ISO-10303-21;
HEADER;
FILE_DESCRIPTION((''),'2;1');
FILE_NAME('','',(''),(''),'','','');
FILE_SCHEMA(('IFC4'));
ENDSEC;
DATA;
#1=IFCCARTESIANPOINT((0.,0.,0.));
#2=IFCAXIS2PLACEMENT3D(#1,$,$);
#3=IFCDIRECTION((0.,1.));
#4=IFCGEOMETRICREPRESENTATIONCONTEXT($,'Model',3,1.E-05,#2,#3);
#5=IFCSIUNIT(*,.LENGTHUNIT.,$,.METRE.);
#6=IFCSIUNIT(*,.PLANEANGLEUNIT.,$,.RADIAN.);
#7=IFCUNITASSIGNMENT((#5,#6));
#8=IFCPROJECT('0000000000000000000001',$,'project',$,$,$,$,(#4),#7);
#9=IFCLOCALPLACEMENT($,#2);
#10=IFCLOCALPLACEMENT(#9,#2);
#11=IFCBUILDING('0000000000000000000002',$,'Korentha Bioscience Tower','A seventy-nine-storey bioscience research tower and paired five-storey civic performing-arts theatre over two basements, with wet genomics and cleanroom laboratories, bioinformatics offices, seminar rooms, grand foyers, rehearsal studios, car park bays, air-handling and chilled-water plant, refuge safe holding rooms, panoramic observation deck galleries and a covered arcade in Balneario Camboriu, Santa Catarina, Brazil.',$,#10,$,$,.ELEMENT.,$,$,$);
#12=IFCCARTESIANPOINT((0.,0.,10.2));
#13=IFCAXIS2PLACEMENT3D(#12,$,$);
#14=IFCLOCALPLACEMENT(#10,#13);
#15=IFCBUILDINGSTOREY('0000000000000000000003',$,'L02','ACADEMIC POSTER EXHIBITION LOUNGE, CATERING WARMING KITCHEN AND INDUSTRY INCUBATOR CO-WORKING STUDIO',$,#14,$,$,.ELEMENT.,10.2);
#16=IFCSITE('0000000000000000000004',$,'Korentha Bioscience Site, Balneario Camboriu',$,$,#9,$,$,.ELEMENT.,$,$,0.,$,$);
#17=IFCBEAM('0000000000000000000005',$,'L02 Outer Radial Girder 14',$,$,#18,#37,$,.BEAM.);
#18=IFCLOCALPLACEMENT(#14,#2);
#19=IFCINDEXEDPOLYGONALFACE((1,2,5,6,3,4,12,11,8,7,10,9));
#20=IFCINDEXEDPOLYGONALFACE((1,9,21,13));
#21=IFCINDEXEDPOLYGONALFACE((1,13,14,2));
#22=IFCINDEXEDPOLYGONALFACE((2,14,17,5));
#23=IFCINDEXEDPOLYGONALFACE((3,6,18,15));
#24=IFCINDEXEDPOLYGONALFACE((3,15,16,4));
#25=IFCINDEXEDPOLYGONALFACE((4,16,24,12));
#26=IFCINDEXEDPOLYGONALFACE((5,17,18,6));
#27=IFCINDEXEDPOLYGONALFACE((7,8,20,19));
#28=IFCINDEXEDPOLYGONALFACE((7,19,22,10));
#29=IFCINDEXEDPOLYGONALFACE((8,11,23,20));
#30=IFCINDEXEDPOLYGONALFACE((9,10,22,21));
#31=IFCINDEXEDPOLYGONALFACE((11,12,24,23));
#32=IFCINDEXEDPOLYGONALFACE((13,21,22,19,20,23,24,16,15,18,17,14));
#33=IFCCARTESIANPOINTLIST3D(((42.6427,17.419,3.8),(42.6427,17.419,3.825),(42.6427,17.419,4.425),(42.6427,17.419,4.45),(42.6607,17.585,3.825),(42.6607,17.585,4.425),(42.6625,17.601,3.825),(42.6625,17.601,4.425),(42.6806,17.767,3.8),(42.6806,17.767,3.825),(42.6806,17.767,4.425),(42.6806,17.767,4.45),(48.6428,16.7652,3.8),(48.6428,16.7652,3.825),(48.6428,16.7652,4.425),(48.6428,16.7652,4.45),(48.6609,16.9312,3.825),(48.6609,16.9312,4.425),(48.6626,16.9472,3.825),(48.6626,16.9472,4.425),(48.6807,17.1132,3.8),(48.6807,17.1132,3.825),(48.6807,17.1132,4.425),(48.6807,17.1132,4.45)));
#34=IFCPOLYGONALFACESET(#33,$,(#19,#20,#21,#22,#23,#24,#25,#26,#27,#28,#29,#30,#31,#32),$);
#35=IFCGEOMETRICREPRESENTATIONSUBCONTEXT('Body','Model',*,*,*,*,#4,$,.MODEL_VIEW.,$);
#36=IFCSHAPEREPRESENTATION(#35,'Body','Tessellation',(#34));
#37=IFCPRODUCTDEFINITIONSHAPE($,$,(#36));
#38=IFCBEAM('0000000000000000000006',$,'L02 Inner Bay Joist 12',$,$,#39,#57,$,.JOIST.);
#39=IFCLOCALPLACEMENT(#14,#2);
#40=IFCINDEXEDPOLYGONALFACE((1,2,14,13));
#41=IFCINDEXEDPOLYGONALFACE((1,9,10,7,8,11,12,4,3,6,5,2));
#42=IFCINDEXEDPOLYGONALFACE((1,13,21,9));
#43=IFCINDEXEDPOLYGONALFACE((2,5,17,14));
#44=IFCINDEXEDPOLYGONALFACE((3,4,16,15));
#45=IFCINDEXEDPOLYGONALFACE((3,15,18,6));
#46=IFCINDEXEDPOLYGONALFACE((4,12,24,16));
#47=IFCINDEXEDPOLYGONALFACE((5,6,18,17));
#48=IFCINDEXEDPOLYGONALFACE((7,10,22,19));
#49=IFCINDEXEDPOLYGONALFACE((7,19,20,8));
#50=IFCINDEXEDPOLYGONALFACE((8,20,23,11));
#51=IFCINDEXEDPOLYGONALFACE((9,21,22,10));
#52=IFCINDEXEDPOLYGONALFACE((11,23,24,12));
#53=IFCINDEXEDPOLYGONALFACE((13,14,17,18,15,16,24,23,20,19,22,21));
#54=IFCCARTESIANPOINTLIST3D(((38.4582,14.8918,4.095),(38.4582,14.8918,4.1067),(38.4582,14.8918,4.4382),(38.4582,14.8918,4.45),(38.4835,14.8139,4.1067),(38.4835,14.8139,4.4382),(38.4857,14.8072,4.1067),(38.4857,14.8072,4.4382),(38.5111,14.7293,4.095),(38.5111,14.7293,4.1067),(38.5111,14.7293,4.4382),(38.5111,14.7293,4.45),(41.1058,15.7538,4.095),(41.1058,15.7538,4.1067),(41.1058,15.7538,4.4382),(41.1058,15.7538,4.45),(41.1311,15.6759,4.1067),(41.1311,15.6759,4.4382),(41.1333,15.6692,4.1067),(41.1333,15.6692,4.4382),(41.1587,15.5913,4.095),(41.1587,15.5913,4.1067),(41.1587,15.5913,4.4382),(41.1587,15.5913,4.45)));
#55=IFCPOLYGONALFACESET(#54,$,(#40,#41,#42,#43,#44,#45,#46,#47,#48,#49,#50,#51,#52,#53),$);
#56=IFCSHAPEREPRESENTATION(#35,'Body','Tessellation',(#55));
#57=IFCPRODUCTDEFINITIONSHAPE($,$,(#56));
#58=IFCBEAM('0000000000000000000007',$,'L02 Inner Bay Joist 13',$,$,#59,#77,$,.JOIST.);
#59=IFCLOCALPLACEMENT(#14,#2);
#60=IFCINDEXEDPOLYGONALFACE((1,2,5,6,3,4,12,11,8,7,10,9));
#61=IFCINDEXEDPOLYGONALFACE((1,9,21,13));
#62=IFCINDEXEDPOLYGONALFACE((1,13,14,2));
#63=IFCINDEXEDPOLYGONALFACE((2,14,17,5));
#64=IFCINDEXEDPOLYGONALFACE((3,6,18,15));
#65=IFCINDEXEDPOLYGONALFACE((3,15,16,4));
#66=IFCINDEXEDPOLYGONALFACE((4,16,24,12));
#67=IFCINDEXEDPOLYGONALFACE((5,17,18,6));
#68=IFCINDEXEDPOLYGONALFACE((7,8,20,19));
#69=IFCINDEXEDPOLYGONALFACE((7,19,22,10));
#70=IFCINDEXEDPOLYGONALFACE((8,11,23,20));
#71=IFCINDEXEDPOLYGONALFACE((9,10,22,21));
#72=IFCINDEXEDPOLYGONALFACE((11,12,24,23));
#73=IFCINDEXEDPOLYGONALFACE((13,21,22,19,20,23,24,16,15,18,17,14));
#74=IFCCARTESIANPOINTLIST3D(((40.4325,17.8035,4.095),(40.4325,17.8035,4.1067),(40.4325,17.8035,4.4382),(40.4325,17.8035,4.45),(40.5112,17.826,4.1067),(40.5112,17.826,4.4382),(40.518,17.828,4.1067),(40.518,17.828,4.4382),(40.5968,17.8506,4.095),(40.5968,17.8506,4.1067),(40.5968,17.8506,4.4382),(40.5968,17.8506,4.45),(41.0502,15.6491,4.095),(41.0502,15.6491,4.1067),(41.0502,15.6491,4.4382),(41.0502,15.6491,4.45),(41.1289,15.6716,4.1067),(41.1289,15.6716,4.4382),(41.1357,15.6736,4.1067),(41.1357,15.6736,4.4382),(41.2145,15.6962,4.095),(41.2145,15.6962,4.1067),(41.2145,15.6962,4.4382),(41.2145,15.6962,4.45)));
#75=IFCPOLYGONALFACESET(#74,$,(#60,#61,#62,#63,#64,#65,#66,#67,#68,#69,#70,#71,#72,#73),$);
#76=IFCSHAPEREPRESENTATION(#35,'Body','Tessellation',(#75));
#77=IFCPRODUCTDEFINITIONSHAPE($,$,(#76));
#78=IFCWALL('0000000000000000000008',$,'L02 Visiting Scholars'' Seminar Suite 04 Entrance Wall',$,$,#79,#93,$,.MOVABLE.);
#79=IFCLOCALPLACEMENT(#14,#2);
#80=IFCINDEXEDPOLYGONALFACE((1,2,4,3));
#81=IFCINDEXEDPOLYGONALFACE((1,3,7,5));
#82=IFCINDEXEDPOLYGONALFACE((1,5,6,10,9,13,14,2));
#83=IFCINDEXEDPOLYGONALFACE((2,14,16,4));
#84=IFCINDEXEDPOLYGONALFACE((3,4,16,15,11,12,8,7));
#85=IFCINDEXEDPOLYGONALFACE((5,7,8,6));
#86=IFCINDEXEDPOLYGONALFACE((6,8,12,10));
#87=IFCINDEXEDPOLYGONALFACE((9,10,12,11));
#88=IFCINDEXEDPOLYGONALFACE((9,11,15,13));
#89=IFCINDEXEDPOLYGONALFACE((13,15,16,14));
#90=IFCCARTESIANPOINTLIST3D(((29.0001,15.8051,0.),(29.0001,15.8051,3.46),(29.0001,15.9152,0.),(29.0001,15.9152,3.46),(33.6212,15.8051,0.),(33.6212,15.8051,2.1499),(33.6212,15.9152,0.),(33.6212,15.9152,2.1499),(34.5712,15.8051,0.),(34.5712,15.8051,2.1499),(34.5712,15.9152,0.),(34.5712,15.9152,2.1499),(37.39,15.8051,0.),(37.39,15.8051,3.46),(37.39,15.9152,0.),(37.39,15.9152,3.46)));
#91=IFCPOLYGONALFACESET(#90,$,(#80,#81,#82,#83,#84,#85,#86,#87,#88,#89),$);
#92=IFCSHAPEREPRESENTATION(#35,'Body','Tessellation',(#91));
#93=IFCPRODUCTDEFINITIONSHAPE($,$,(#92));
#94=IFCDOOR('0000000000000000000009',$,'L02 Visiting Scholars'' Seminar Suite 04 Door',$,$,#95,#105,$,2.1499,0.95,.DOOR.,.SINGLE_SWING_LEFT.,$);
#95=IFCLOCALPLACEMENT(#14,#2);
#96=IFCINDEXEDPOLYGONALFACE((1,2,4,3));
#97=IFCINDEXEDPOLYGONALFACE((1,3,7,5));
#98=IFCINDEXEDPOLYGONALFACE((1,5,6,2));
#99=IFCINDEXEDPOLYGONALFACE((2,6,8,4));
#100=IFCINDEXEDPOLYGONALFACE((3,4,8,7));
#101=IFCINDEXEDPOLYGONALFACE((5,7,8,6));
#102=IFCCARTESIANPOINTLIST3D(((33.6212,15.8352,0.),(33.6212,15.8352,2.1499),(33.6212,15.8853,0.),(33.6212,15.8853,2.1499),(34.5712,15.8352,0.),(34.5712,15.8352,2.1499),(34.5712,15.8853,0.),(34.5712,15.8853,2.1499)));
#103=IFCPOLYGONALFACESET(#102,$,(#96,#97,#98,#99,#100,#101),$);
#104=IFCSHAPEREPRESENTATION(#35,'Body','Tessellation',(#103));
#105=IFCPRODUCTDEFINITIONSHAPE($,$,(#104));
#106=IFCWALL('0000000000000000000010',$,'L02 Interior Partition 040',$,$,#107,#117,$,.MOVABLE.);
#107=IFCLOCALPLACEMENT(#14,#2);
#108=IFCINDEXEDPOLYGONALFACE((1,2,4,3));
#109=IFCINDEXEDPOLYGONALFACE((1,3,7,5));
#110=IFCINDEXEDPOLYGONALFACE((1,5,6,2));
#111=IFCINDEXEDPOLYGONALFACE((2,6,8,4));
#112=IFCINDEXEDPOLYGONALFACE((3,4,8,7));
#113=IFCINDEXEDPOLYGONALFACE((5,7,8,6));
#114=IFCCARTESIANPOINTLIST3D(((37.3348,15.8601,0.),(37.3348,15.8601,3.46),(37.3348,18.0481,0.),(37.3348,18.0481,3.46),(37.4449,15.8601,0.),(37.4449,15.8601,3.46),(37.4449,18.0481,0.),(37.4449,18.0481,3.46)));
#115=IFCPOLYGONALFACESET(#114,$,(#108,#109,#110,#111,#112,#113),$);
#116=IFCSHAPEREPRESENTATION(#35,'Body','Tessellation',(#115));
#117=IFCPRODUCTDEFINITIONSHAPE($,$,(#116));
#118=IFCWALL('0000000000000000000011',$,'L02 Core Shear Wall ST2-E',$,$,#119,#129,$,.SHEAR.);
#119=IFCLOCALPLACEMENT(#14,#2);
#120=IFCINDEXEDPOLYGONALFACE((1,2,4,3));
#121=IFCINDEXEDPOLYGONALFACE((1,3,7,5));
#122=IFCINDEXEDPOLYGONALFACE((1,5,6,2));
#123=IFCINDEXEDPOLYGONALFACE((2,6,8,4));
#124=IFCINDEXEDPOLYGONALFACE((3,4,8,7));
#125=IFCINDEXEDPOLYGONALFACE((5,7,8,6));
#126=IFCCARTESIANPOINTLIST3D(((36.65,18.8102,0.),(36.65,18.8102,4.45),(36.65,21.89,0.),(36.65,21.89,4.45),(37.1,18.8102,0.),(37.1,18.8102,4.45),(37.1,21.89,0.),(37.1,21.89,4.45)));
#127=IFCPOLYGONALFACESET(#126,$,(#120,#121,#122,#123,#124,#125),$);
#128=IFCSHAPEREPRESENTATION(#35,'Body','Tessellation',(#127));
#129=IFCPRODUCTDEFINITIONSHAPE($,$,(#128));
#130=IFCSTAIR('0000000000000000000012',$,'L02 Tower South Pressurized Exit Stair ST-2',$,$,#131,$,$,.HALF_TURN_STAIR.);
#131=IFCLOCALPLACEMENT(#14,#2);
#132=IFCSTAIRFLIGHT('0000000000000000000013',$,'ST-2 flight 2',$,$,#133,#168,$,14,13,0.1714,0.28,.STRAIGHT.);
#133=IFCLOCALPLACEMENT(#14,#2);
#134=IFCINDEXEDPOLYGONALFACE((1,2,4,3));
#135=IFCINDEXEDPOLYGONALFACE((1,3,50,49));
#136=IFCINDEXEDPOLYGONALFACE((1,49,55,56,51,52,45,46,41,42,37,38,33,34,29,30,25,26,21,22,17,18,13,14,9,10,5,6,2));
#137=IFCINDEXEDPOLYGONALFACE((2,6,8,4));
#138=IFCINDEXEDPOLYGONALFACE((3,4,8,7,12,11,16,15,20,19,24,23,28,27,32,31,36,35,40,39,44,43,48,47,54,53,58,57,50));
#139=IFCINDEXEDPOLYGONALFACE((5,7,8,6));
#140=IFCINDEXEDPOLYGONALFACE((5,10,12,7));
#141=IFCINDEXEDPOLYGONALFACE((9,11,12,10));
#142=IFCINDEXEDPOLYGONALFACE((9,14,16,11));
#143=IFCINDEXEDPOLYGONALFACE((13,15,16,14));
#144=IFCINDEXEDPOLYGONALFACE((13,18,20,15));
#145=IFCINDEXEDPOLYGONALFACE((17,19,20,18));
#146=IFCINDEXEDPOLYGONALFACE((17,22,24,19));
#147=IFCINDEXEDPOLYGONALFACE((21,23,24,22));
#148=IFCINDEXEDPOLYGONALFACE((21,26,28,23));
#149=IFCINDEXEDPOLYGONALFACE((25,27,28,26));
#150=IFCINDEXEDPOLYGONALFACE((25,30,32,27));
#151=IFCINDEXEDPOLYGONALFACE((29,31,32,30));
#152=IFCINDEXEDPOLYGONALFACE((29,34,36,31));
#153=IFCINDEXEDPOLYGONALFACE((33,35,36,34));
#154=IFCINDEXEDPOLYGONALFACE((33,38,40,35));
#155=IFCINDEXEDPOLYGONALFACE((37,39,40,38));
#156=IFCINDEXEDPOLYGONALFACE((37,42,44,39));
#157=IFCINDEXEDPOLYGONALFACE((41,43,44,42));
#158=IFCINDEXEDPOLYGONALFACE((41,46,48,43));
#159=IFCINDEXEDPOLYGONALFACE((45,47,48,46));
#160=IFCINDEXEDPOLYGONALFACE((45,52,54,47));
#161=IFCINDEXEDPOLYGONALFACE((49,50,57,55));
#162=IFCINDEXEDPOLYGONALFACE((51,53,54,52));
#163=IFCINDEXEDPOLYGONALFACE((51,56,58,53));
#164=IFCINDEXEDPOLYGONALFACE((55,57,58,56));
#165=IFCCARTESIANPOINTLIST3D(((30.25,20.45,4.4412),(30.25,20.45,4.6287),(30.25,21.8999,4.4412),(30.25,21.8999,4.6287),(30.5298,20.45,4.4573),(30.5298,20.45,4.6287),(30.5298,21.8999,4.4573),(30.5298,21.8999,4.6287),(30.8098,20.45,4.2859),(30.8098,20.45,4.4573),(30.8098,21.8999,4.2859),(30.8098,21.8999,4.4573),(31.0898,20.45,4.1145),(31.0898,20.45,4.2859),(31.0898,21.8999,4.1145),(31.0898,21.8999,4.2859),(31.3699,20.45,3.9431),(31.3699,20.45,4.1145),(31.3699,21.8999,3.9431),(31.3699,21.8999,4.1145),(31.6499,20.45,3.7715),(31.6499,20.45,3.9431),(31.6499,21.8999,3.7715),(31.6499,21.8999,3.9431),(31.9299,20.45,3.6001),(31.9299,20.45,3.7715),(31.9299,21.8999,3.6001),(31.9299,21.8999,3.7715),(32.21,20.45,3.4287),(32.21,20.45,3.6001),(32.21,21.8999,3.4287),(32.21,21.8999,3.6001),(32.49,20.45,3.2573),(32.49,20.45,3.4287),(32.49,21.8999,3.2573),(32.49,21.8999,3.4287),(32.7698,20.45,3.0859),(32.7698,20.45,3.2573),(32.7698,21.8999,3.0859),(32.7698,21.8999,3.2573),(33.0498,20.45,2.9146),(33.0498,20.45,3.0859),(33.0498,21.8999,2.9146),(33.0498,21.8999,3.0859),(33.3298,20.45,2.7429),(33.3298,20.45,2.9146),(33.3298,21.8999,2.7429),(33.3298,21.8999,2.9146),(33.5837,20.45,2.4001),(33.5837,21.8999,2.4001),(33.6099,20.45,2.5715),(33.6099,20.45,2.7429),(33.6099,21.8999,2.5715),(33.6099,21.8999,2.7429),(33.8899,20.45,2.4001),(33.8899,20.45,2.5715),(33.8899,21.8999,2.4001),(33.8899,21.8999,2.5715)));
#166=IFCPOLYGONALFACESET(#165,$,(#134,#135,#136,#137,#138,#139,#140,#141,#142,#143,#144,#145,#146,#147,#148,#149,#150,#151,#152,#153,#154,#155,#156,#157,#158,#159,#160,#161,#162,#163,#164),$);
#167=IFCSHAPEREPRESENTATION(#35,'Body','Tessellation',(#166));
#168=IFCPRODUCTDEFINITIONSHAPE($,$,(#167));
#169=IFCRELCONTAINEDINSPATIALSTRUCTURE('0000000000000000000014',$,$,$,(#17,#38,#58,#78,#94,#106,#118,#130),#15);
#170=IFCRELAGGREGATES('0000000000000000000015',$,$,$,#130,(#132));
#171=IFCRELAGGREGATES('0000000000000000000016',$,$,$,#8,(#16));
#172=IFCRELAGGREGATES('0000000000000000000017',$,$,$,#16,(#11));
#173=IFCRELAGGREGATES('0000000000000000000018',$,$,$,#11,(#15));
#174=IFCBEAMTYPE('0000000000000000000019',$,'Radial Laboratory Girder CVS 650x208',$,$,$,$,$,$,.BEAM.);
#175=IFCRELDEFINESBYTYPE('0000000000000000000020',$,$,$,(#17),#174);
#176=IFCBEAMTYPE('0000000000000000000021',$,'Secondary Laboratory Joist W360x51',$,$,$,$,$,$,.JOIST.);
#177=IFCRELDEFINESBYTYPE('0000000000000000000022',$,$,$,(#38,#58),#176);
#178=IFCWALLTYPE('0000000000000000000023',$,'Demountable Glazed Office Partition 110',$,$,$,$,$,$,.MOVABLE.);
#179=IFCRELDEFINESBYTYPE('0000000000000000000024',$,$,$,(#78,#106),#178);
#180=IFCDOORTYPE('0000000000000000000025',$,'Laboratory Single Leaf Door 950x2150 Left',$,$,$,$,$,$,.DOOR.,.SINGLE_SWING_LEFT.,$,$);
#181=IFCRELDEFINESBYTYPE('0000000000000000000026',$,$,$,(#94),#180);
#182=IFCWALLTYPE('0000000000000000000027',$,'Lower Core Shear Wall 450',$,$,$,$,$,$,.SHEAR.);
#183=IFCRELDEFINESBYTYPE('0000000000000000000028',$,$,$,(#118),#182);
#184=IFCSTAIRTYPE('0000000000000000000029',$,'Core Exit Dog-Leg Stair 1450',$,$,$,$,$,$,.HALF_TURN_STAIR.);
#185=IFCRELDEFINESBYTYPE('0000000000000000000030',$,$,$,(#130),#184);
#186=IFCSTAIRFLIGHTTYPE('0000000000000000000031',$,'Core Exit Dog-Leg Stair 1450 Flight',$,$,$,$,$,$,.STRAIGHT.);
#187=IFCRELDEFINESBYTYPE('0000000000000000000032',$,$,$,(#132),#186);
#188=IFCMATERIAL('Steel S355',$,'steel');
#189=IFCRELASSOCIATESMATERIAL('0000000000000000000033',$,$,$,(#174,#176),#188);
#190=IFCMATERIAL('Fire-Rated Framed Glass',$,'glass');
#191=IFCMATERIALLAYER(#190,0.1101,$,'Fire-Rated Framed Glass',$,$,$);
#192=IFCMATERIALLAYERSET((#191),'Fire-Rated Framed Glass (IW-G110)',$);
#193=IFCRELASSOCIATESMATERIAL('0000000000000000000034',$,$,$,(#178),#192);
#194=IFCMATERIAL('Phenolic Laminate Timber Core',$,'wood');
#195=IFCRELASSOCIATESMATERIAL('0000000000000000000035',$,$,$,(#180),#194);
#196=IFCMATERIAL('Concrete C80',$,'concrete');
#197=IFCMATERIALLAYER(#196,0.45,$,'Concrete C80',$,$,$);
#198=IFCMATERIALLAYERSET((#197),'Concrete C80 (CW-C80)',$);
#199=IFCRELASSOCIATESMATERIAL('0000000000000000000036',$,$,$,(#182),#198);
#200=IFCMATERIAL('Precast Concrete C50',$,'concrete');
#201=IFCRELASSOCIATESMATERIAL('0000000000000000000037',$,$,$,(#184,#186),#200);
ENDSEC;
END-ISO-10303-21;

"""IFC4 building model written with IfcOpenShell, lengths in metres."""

from ifc_helpers import new_model, si_unit, direction, frame, frame_2d, origin, origin_2d, place, context, subcontext, project, spatial, polyline, rectangle, i_section, outline, extrude, material, layer, layer_set, material_profile, profile_set, type_object, element, fill, aggregate, save


model = new_model("IFC4")

# Units and contexts
model_context = context("Model", 3, precision=1e-05, world=origin(), true_north=direction((0.0, 1.0)))
body_context = subcontext(model_context, "Body", "Model", "MODEL_VIEW")
ifc_project = project(units=[si_unit("LENGTHUNIT", "METRE"), si_unit("PLANEANGLEUNIT", "RADIAN")], contexts=[model_context])

# Site, building, storey
site_placement = place(None, origin())
site = spatial("IfcSite", under=ifc_project, at=site_placement, Name="Korentha Bioscience Site, Balneario Camboriu", CompositionType="ELEMENT", RefElevation=0.0)
building_placement = place(site_placement, origin())
building = spatial("IfcBuilding", under=site, at=building_placement, Name="Korentha Bioscience Tower", Description="A seventy-nine-storey bioscience research tower and paired five-storey civic performing-arts theatre over two basements, with wet genomics and cleanroom laboratories, bioinformatics offices, seminar rooms, grand foyers, rehearsal studios, car park bays, air-handling and chilled-water plant, refuge safe holding rooms, panoramic observation deck galleries and a covered arcade in Balneario Camboriu, Santa Catarina, Brazil.", CompositionType="ELEMENT")
storey_placement = place(building_placement, frame((0.0, 0.0, 10.2)))
storey = spatial("IfcBuildingStorey", under=building, at=storey_placement, Name="L02", Description="ACADEMIC POSTER EXHIBITION LOUNGE, CATERING WARMING KITCHEN AND INDUSTRY INCUBATOR CO-WORKING STUDIO", CompositionType="ELEMENT", Elevation=10.2)

# Shared definitions
ifc_material_1 = material(Name="Concrete C80", Category="concrete")

# Beams
ifc_material_2 = material(Name="Steel S355", Category="steel")
ifc_material_profile_1 = material_profile(ifc_material_2, i_section(OverallWidth=0.3501, OverallDepth=0.6499, WebThickness=0.0161, FlangeThickness=0.0249, at=origin_2d()), Name="Steel S355")
ifc_profile_set_1 = profile_set([ifc_material_profile_1], Name="Steel S355 (RB-650)")
beam_type_1 = type_object("IfcBeamType", Name="Radial Laboratory Girder CVS 650x208", PredefinedType="BEAM", material=ifc_profile_set_1)
beam_1_placement = place(storey_placement, frame((42.6616, 17.593, 4.125), z_axis=(0.994116, -0.108323, 0.0), x_axis=(0.108323, 0.994116, 0.0)))
element("IfcBeam", 1, at=beam_1_placement, inside=storey, type_object=beam_type_1, Name="L02 Outer Radial Girder 14", PredefinedType="BEAM", context=body_context, shape_type="SweptSolid", body=[
    extrude(i_section(OverallWidth=0.3501, OverallDepth=0.6499, WebThickness=0.0161, FlangeThickness=0.0249, at=origin_2d()), origin(), (0.0, 0.0, 1.0), 6.0356),
])
ifc_material_profile_2 = material_profile(ifc_material_2, i_section(OverallWidth=0.1709, OverallDepth=0.355, WebThickness=0.0071, FlangeThickness=0.0117, at=origin_2d()), Name="Steel S355")
ifc_profile_set_2 = profile_set([ifc_material_profile_2], Name="Steel S355 (JB-360)")
beam_type_2 = type_object("IfcBeamType", Name="Secondary Laboratory Joist W360x51", PredefinedType="JOIST", material=ifc_profile_set_2)
beam_2_placement = place(storey_placement, frame((38.4846, 14.8105, 4.2725), z_axis=(0.95087, 0.309592, 0.0), x_axis=(-0.309592, 0.95087, 0.0)))
element("IfcBeam", 2, at=beam_2_placement, inside=storey, type_object=beam_type_2, Name="L02 Inner Bay Joist 12", PredefinedType="JOIST", context=body_context, shape_type="SweptSolid", body=[
    extrude(i_section(OverallWidth=0.1709, OverallDepth=0.355, WebThickness=0.0071, FlangeThickness=0.0117, at=origin_2d()), origin(), (0.0, 0.0, 1.0), 2.7844),
])
beam_3_placement = place(storey_placement, frame((41.1323, 15.6726, 4.2725), z_axis=(-0.275613, 0.961269, 0.0), x_axis=(-0.961269, -0.275613, 0.0)))
element("IfcBeam", 3, at=beam_3_placement, inside=storey, type_object=beam_type_2, Name="L02 Inner Bay Joist 13", PredefinedType="JOIST", context=body_context, shape_type="SweptSolid", body=[
    extrude(i_section(OverallWidth=0.1709, OverallDepth=0.355, WebThickness=0.0071, FlangeThickness=0.0117, at=origin_2d()), origin(), (0.0, 0.0, 1.0), 2.2412),
])

# Wall, opening, door
ifc_material_3 = material(Name="Fire-Rated Framed Glass", Category="glass")
ifc_layer_1 = layer(ifc_material_3, 0.1101, Name="Fire-Rated Framed Glass")
ifc_layer_set_1 = layer_set([ifc_layer_1], Name="Fire-Rated Framed Glass (IW-G110)")
wall_type_1 = type_object("IfcWallType", Name="Demountable Glazed Office Partition 110", PredefinedType="MOVABLE", material=ifc_layer_set_1)
wall_1_placement = place(storey_placement, frame((37.3899, 15.8601, 0.0), z_axis=(0.0, 0.0, 1.0), x_axis=(-1.0, 0.0, 0.0)))
wall_1 = element("IfcWall", 4, at=wall_1_placement, inside=storey, type_object=wall_type_1, Name="L02 Visiting Scholars' Seminar Suite 04 Entrance Wall", PredefinedType="MOVABLE", context=body_context, shape_type="SweptSolid", body=[
    extrude(rectangle(XDim=8.3899, YDim=0.1101, at=frame_2d((4.1948, 0.0))), origin(), (0.0, 0.0, 1.0), 3.46),
])
opening_placement = place(wall_1_placement, frame((2.8186, 0.0, 0.0)))
opening = element("IfcOpeningElement", 5, at=opening_placement, cuts=wall_1, PredefinedType="OPENING", context=body_context, shape_type="SweptSolid", body=[
    extrude(rectangle(XDim=0.95, YDim=2.1499, at=frame_2d((0.4751, 1.075))), frame((0.0, 0.0698, 0.0), z_axis=(0.0, -1.0, 0.0), x_axis=(1.0, 0.0, 0.0)), (0.0, 0.0, 1.0), 0.1399),
])
ifc_material_4 = material(Name="Phenolic Laminate Timber Core", Category="wood")
door_type = type_object("IfcDoorType", Name="Laboratory Single Leaf Door 950x2150 Left", OperationType="SINGLE_SWING_LEFT", PredefinedType="DOOR", material=ifc_material_4)
door_placement = place(opening_placement, origin())
door = element("IfcDoor", 6, at=door_placement, inside=storey, type_object=door_type, Name="L02 Visiting Scholars' Seminar Suite 04 Door", OperationType="SINGLE_SWING_LEFT", OverallHeight=2.1499, OverallWidth=0.95, PredefinedType="DOOR", context=body_context, shape_type="SweptSolid", body=[
    extrude(rectangle(XDim=0.95, YDim=2.1499, at=frame_2d((0.4751, 1.075))), frame((0.0, 0.0249, 0.0), z_axis=(0.0, -1.0, 0.0), x_axis=(1.0, 0.0, 0.0)), (0.0, 0.0, 1.0), 0.05),
])
fill(opening, door)

# Walls
wall_2_placement = place(storey_placement, frame((37.3899, 18.0481, 0.0), z_axis=(0.0, 0.0, 1.0), x_axis=(0.0, -1.0, 0.0)))
element("IfcWall", 7, at=wall_2_placement, inside=storey, type_object=wall_type_1, Name="L02 Interior Partition 040", PredefinedType="MOVABLE", context=body_context, shape_type="SweptSolid", body=[
    extrude(rectangle(XDim=2.188, YDim=0.1101, at=frame_2d((1.094, 0.0))), origin(), (0.0, 0.0, 1.0), 3.46),
])
ifc_layer_2 = layer(ifc_material_1, 0.45, Name="Concrete C80")
ifc_layer_set_2 = layer_set([ifc_layer_2], Name="Concrete C80 (CW-C80)")
wall_type_2 = type_object("IfcWallType", Name="Lower Core Shear Wall 450", PredefinedType="SHEAR", material=ifc_layer_set_2)
wall_3_placement = place(storey_placement, frame((36.875, 18.8101, 0.0), z_axis=(0.0, 0.0, 1.0), x_axis=(0.0, 1.0, 0.0)))
element("IfcWall", 8, at=wall_3_placement, inside=storey, type_object=wall_type_2, Name="L02 Core Shear Wall ST2-E", PredefinedType="SHEAR", context=body_context, shape_type="SweptSolid", body=[
    extrude(rectangle(XDim=3.0798, YDim=0.45, at=frame_2d((1.54, 0.0))), origin(), (0.0, 0.0, 1.0), 4.45),
])

# Stair, stair flight
ifc_material_5 = material(Name="Precast Concrete C50", Category="concrete")
stair_type = type_object("IfcStairType", Name="Core Exit Dog-Leg Stair 1450", PredefinedType="HALF_TURN_STAIR", material=ifc_material_5)
stair_placement = place(storey_placement, origin())
stair = element("IfcStair", 9, at=stair_placement, inside=storey, type_object=stair_type, Name="L02 Tower South Pressurized Exit Stair ST-2", PredefinedType="HALF_TURN_STAIR")
stair_flight_type = type_object("IfcStairFlightType", Name="Core Exit Dog-Leg Stair 1450 Flight", PredefinedType="STRAIGHT", material=ifc_material_5)
stair_flight_placement = place(storey_placement, frame((33.8899, 21.175, 2.4001), z_axis=(0.0, 0.0, 1.0), x_axis=(-1.0, 0.0, 0.0)))
stair_flight = element("IfcStairFlight", 10, at=stair_flight_placement, type_object=stair_flight_type, Name="ST-2 flight 2", NumberOfRisers=14, NumberOfTreads=13, PredefinedType="STRAIGHT", RiserHeight=0.1714, TreadLength=0.28, context=body_context, shape_type="SweptSolid", body=[
    extrude(outline(polyline([(0.0, 0.0), (0.0, 0.1714), (0.28, 0.1714), (0.28, 0.3428), (0.5601, 0.3428), (0.5601, 0.5144), (0.8401, 0.5144), (0.8401, 0.6858), (1.1201, 0.6858), (1.1201, 0.8572), (1.3999, 0.8572), (1.3999, 1.0286), (1.6799, 1.0286), (1.6799, 1.2), (1.96, 1.2), (1.96, 1.3713), (2.24, 1.3713), (2.24, 1.543), (2.52, 1.543), (2.52, 1.7144), (2.8, 1.7144), (2.8, 1.8857), (3.0801, 1.8857), (3.0801, 2.0571), (3.3601, 2.0571), (3.3601, 2.2285), (3.6399, 2.2285), (3.6399, 2.3999), (3.6399, 2.041), (0.3062, 0.0), (0.0, 0.0)])), frame((0.0, 0.7251, 0.0), z_axis=(0.0, -1.0, 0.0), x_axis=(1.0, 0.0, 0.0)), (0.0, 0.0, 1.0), 1.45),
])
aggregate(stair, [stair_flight])

save(model, "model.ifc")
